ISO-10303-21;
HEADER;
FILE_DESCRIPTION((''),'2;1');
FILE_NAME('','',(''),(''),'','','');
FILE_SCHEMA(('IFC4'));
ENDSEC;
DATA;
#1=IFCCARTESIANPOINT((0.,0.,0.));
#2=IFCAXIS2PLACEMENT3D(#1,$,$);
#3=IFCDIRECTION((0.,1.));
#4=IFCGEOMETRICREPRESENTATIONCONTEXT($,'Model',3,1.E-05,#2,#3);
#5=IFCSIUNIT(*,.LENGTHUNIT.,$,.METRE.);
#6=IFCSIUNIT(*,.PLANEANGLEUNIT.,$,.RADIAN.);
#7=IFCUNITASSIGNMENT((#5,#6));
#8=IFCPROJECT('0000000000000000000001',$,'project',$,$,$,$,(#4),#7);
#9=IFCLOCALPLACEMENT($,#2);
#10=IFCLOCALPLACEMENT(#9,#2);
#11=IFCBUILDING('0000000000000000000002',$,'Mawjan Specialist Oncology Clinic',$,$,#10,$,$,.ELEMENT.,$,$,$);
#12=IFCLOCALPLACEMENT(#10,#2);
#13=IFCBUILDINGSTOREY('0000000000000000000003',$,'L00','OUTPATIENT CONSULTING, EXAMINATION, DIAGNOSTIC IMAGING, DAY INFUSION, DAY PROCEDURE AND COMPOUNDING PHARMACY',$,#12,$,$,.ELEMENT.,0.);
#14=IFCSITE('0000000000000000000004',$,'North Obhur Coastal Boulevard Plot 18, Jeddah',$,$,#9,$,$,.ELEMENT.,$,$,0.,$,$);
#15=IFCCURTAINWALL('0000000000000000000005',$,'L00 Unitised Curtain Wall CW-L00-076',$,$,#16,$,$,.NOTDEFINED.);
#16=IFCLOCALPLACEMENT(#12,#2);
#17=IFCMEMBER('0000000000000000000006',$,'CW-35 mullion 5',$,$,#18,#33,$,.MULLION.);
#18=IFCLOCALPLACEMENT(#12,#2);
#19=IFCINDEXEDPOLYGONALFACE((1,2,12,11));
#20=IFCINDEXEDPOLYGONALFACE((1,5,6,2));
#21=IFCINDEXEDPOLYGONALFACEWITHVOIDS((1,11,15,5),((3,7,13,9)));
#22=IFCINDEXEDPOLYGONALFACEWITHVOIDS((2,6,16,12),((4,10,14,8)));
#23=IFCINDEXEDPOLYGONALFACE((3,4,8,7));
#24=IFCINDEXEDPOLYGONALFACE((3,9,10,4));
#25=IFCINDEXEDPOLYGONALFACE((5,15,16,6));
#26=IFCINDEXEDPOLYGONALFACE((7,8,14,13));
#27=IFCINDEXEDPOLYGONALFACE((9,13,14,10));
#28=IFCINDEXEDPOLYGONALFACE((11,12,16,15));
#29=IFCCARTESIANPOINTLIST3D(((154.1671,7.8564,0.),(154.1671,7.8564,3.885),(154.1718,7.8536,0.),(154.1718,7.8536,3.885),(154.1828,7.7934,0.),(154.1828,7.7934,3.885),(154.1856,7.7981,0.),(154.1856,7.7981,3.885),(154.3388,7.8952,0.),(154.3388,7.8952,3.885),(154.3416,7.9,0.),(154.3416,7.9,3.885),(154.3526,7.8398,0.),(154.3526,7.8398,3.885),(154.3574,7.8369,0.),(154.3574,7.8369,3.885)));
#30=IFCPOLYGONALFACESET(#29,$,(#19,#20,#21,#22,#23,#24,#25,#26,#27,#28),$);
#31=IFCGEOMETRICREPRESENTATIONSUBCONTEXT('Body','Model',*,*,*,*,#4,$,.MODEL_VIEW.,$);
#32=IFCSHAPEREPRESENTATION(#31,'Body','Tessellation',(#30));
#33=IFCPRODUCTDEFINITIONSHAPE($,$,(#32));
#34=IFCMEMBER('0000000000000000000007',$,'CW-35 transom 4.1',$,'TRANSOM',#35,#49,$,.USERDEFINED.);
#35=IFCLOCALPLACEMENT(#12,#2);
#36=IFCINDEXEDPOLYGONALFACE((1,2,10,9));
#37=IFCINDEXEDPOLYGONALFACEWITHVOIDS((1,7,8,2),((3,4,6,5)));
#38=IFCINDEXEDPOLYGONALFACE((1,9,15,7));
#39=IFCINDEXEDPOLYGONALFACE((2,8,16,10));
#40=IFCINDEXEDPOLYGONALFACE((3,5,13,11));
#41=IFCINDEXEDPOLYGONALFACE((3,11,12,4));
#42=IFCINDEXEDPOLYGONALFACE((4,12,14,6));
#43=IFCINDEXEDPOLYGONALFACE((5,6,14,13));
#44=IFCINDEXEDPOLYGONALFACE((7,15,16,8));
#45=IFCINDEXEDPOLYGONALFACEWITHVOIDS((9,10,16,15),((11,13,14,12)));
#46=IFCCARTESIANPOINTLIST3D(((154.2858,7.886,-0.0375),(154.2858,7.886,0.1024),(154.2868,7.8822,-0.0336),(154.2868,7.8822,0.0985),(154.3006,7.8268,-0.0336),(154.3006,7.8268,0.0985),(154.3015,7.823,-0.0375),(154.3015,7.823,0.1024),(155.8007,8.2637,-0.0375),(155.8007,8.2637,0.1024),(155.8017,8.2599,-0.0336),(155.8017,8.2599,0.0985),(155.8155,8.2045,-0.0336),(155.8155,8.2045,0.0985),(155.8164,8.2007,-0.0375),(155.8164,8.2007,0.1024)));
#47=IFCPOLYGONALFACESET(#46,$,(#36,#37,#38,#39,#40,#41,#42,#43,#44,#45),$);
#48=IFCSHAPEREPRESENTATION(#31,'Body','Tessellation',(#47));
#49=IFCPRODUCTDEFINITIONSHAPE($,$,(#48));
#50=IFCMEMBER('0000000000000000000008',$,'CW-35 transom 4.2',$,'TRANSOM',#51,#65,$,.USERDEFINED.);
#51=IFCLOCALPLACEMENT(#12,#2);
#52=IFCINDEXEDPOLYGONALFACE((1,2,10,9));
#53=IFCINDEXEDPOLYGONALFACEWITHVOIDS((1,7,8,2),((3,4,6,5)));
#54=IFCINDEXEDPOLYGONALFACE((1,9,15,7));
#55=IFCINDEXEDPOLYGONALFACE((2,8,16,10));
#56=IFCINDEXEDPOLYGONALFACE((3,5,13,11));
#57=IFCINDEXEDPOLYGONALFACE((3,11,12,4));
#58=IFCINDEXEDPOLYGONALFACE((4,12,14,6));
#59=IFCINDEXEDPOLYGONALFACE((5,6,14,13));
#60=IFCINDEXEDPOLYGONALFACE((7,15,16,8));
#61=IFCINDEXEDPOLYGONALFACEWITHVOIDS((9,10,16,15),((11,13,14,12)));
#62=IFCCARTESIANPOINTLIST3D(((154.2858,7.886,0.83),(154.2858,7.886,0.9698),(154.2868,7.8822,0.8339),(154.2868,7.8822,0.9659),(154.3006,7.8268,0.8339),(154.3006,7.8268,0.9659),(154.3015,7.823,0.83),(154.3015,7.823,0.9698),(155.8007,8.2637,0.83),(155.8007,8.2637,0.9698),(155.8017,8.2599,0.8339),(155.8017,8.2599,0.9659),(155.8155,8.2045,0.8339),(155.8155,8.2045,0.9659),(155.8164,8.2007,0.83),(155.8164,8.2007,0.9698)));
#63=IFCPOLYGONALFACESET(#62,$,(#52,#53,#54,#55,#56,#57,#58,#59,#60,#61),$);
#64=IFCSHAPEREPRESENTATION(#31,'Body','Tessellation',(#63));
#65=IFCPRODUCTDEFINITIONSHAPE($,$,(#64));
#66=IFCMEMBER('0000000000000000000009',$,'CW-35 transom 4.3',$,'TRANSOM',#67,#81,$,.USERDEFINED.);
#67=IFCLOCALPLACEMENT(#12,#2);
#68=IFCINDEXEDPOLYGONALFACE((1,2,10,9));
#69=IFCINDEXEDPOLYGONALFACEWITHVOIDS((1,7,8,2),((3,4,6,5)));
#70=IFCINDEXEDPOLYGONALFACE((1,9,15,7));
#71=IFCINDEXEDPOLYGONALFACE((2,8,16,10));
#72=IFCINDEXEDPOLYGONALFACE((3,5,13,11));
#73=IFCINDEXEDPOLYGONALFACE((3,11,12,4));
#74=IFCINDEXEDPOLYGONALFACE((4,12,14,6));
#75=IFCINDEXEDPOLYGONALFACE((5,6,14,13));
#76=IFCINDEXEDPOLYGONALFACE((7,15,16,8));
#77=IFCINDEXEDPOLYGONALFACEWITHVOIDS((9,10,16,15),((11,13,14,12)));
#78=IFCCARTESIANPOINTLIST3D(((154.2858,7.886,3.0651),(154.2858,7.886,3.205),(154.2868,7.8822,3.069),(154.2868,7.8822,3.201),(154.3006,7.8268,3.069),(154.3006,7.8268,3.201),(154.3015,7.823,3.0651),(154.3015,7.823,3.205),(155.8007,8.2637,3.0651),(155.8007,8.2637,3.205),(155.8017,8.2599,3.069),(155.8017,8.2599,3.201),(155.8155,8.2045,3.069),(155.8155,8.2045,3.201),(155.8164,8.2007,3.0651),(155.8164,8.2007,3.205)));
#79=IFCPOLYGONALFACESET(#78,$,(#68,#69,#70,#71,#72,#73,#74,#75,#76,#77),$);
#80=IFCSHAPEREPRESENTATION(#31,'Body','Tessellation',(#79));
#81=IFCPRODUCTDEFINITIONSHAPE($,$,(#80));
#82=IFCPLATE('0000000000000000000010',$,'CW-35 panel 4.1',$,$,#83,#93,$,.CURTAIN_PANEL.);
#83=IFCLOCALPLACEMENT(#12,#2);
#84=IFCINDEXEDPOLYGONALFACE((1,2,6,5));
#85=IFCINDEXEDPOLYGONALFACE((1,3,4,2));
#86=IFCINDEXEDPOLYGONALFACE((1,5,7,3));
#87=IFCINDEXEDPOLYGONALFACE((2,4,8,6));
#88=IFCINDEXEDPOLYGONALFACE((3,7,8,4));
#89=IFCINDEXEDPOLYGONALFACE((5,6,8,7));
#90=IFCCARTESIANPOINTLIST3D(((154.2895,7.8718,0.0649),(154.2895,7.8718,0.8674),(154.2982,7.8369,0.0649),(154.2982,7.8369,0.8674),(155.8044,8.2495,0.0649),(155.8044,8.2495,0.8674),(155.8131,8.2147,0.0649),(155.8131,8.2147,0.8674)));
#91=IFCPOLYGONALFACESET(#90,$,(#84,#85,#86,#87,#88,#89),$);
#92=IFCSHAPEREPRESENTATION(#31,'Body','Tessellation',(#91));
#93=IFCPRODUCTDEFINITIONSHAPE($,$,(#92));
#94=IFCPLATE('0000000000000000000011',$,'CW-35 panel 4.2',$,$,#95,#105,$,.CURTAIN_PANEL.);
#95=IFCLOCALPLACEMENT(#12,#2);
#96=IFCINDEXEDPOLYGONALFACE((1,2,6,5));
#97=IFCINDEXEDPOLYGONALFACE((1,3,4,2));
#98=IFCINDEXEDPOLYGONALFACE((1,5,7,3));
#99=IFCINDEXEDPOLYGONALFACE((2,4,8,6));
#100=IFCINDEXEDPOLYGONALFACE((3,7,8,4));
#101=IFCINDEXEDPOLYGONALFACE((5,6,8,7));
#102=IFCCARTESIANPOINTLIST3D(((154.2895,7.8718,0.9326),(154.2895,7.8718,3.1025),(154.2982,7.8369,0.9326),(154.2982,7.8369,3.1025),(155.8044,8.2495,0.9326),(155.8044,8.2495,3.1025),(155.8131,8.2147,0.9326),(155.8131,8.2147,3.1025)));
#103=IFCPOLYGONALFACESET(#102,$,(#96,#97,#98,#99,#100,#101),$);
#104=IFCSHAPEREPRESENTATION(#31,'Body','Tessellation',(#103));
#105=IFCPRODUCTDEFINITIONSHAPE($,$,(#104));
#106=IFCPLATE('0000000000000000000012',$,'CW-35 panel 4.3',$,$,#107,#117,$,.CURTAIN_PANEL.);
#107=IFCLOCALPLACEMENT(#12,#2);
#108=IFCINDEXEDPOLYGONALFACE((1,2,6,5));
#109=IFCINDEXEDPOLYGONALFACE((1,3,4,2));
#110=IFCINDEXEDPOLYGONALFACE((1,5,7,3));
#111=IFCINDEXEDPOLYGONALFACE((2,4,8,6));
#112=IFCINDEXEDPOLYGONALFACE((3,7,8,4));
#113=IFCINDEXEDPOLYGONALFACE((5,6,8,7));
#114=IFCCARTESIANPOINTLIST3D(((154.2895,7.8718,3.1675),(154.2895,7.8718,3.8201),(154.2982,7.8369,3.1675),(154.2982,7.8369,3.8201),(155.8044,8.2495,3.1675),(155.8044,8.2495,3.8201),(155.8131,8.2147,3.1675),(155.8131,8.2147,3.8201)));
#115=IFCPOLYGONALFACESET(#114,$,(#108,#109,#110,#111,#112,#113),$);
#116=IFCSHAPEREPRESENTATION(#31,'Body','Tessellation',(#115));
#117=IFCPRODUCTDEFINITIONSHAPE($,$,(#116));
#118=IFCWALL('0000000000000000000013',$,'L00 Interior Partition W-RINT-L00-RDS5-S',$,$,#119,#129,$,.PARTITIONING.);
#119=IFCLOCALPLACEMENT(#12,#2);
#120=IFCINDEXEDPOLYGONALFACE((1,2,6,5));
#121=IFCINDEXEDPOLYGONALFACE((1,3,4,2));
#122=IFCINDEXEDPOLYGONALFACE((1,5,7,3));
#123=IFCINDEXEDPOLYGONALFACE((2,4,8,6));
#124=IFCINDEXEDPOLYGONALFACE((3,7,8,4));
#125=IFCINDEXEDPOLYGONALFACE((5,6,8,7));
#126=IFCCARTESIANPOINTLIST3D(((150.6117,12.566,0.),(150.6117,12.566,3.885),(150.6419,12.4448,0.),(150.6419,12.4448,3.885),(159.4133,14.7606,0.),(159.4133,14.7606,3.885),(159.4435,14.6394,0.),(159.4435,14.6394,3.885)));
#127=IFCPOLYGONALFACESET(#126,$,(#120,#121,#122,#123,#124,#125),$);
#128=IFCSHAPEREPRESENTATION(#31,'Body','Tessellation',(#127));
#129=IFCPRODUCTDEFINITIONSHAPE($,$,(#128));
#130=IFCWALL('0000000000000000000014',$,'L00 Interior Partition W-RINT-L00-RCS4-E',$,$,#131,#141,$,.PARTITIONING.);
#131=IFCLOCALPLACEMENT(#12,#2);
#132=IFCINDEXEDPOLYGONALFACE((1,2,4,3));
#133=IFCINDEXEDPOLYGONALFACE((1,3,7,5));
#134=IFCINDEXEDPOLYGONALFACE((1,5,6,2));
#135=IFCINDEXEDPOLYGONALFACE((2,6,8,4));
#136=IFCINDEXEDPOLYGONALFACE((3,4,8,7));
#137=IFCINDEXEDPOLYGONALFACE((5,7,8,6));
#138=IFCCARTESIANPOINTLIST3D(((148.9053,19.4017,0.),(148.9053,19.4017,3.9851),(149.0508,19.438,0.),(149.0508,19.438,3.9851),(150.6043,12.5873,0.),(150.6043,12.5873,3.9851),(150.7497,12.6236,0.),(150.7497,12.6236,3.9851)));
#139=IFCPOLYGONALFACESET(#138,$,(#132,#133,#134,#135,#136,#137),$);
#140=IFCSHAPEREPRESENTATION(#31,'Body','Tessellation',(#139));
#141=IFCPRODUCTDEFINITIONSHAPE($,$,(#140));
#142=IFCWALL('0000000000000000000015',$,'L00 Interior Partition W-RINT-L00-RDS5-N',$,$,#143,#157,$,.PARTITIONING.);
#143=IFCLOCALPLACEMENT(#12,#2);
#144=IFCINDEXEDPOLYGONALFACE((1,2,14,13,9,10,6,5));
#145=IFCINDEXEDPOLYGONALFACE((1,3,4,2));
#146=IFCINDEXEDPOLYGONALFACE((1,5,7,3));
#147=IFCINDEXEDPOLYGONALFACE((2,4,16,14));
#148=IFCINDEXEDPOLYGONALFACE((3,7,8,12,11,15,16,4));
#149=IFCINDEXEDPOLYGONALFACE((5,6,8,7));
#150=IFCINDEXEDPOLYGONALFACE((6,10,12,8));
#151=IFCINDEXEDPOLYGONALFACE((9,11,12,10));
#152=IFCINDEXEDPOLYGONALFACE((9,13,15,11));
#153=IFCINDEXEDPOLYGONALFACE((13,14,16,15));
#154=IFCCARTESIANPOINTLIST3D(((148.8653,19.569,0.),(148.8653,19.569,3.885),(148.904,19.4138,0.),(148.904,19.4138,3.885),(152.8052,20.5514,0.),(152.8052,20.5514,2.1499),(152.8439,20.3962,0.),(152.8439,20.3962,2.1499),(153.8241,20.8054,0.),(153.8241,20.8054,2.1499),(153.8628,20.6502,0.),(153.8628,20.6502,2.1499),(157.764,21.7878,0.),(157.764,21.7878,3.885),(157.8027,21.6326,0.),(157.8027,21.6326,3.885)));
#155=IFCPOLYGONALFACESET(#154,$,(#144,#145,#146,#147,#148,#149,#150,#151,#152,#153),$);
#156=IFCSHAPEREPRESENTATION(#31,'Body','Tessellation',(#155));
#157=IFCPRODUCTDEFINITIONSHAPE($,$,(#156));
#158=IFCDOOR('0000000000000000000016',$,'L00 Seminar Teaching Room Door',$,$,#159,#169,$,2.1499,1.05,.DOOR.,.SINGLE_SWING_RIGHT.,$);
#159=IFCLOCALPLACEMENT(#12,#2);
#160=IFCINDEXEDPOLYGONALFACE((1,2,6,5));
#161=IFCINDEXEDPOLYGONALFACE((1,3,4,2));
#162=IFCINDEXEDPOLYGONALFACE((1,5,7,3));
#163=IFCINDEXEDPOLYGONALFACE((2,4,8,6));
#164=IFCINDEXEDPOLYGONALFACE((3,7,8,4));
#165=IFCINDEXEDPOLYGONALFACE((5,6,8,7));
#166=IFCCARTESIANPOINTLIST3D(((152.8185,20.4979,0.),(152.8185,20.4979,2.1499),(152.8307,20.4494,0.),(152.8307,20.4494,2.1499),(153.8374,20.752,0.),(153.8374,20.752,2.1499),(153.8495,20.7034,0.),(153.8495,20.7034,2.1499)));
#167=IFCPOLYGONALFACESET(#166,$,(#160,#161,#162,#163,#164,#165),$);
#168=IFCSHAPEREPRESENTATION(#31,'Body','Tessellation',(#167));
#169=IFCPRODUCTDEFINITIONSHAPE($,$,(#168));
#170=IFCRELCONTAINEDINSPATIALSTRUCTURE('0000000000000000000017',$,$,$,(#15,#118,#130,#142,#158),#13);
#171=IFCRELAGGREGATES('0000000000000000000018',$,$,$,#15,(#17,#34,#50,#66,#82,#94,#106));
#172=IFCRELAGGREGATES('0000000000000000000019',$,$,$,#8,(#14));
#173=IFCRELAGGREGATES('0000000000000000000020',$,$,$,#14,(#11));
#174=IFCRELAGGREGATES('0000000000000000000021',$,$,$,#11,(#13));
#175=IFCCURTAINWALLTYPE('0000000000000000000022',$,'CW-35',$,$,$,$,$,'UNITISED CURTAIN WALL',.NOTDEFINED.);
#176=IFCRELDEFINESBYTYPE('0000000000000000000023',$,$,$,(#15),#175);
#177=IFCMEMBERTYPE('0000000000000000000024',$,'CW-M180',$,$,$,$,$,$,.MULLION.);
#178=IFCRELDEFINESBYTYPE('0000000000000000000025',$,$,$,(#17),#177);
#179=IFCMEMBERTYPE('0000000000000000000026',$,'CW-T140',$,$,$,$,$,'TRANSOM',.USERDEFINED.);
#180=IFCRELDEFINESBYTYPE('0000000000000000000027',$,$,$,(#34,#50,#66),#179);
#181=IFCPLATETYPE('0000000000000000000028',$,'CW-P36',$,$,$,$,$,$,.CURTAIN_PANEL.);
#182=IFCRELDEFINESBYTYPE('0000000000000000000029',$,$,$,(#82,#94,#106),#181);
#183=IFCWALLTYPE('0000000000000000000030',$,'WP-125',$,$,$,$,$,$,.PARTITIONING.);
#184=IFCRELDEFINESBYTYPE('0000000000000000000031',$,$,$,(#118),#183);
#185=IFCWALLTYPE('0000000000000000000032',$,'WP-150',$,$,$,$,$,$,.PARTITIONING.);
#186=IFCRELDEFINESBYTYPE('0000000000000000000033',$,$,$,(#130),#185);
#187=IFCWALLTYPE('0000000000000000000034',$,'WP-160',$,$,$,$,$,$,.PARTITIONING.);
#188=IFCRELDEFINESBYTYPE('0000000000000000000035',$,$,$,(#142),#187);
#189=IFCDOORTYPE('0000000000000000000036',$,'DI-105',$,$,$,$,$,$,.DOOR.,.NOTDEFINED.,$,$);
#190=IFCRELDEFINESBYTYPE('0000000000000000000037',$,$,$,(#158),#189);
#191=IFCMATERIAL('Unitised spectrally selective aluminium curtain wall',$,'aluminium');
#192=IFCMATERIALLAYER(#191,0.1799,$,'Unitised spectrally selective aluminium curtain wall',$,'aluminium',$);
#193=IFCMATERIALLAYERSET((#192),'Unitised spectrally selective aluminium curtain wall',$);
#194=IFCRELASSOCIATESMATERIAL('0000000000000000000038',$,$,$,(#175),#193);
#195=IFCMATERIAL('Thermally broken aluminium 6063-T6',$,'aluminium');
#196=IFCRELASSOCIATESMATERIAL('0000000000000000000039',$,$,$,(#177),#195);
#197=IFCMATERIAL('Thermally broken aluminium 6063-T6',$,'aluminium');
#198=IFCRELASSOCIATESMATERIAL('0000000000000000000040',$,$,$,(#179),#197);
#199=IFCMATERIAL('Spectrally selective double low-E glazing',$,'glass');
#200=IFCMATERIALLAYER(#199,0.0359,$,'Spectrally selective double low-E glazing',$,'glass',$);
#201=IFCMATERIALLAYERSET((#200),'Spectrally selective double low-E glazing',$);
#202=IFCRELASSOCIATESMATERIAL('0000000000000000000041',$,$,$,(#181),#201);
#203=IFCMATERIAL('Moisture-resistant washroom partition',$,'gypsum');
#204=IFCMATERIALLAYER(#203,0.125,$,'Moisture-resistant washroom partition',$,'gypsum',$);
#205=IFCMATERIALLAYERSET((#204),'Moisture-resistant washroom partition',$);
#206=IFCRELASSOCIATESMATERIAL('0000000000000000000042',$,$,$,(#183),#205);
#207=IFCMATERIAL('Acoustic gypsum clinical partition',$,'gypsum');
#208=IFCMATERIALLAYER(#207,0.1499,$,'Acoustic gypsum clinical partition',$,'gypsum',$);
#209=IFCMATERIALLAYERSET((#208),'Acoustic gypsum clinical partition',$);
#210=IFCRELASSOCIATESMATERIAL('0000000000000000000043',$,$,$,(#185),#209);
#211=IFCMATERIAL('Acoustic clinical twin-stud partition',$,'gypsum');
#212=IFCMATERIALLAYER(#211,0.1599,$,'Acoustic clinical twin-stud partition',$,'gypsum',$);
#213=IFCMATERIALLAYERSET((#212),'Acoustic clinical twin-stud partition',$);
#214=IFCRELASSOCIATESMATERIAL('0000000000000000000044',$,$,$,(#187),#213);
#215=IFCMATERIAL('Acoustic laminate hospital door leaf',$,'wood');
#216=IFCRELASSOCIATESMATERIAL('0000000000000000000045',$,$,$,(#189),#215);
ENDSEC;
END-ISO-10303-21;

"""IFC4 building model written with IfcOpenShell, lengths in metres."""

from ifc_helpers import new_model, si_unit, direction, frame, frame_2d, origin, origin_2d, place, context, subcontext, project, spatial, rectangle, hollow_rectangle, extrude, material, layer, layer_set, material_profile, profile_set, type_object, element, fill, aggregate, save


model = new_model("IFC4")

# Units and contexts
model_context = context("Model", 3, precision=1e-05, world=origin(), true_north=direction((0.0, 1.0)))
body_context = subcontext(model_context, "Body", "Model", "MODEL_VIEW")
ifc_project = project(units=[si_unit("LENGTHUNIT", "METRE"), si_unit("PLANEANGLEUNIT", "RADIAN")], contexts=[model_context])

# Site, building, storey
site_placement = place(None, origin())
site = spatial("IfcSite", under=ifc_project, at=site_placement, Name="North Obhur Coastal Boulevard Plot 18, Jeddah", CompositionType="ELEMENT", RefElevation=0.0)
building_placement = place(site_placement, origin())
building = spatial("IfcBuilding", under=site, at=building_placement, Name="Mawjan Specialist Oncology Clinic", CompositionType="ELEMENT")
storey_placement = place(building_placement, origin())
storey = spatial("IfcBuildingStorey", under=building, at=storey_placement, Name="L00", Description="OUTPATIENT CONSULTING, EXAMINATION, DIAGNOSTIC IMAGING, DAY INFUSION, DAY PROCEDURE AND COMPOUNDING PHARMACY", CompositionType="ELEMENT", Elevation=0.0)

# Curtain wall, members, plates
ifc_material_1 = material(Name="Unitised spectrally selective aluminium curtain wall", Category="aluminium")
ifc_layer_1 = layer(ifc_material_1, 0.1799, Name="Unitised spectrally selective aluminium curtain wall", Category="aluminium")
ifc_layer_set_1 = layer_set([ifc_layer_1], Name="Unitised spectrally selective aluminium curtain wall")
curtain_wall_type = type_object("IfcCurtainWallType", Name="CW-35", ElementType="UNITISED CURTAIN WALL", PredefinedType="NOTDEFINED", material=ifc_layer_set_1)
curtain_wall_placement = place(storey_placement, origin())
curtain_wall = element("IfcCurtainWall", 1, at=curtain_wall_placement, inside=storey, type_object=curtain_wall_type, Name="L00 Unitised Curtain Wall CW-L00-076", PredefinedType="NOTDEFINED")
ifc_material_2 = material(Name="Thermally broken aluminium 6063-T6", Category="aluminium")
ifc_material_profile_1 = material_profile(ifc_material_2, hollow_rectangle(XDim=0.0649, YDim=0.1799, WallThickness=0.0039, at=origin_2d()), Name="ALU MULLION 180x65x4", Category="aluminium")
ifc_profile_set_1 = profile_set([ifc_material_profile_1], Name="Thermally broken aluminium 6063-T6")
member_type_1 = type_object("IfcMemberType", Name="CW-M180", PredefinedType="MULLION", material=ifc_profile_set_1)
member_1_placement = place(storey_placement, frame((154.2622, 7.8467, 0.0), z_axis=(0.0, 0.0, 1.0), x_axis=(0.241922, -0.970296, 0.0)))
member_1 = element("IfcMember", 2, at=member_1_placement, type_object=member_type_1, Name="CW-35 mullion 5", PredefinedType="MULLION", context=body_context, shape_type="SweptSolid", body=[
    extrude(hollow_rectangle(XDim=0.0649, YDim=0.1799, WallThickness=0.0039, at=origin_2d()), origin(), (0.0, 0.0, 1.0), 3.885),
])
ifc_material_3 = material(Name="Thermally broken aluminium 6063-T6", Category="aluminium")
ifc_material_profile_2 = material_profile(ifc_material_3, hollow_rectangle(XDim=0.0649, YDim=0.1399, WallThickness=0.0039, at=origin_2d()), Name="ALU TRANSOM 140x65x4", Category="aluminium")
ifc_profile_set_2 = profile_set([ifc_material_profile_2], Name="Thermally broken aluminium 6063-T6")
member_type_2 = type_object("IfcMemberType", Name="CW-T140", ElementType="TRANSOM", PredefinedType="USERDEFINED", material=ifc_profile_set_2)
member_2_placement = place(storey_placement, frame((155.8086, 8.2322, 0.0325), z_axis=(-0.970299, -0.24191, 0.0), x_axis=(0.24191, -0.970299, 0.0)))
member_2 = element("IfcMember", 3, at=member_2_placement, type_object=member_type_2, Name="CW-35 transom 4.1", ObjectType="TRANSOM", PredefinedType="USERDEFINED", context=body_context, shape_type="SweptSolid", body=[
    extrude(hollow_rectangle(XDim=0.0649, YDim=0.1399, WallThickness=0.0039, at=origin_2d()), origin(), (0.0, 0.0, 1.0), 1.5613),
])
member_3_placement = place(storey_placement, frame((155.8086, 8.2322, 0.8999), z_axis=(-0.970299, -0.24191, 0.0), x_axis=(0.24191, -0.970299, 0.0)))
member_3 = element("IfcMember", 4, at=member_3_placement, type_object=member_type_2, Name="CW-35 transom 4.2", ObjectType="TRANSOM", PredefinedType="USERDEFINED", context=body_context, shape_type="SweptSolid", body=[
    extrude(hollow_rectangle(XDim=0.0649, YDim=0.1399, WallThickness=0.0039, at=origin_2d()), origin(), (0.0, 0.0, 1.0), 1.5613),
])
member_4_placement = place(storey_placement, frame((155.8086, 8.2322, 3.135), z_axis=(-0.970299, -0.24191, 0.0), x_axis=(0.24191, -0.970299, 0.0)))
member_4 = element("IfcMember", 5, at=member_4_placement, type_object=member_type_2, Name="CW-35 transom 4.3", ObjectType="TRANSOM", PredefinedType="USERDEFINED", context=body_context, shape_type="SweptSolid", body=[
    extrude(hollow_rectangle(XDim=0.0649, YDim=0.1399, WallThickness=0.0039, at=origin_2d()), origin(), (0.0, 0.0, 1.0), 1.5613),
])
ifc_material_4 = material(Name="Spectrally selective double low-E glazing", Category="glass")
ifc_layer_2 = layer(ifc_material_4, 0.0359, Name="Spectrally selective double low-E glazing", Category="glass")
ifc_layer_set_2 = layer_set([ifc_layer_2], Name="Spectrally selective double low-E glazing")
plate_type = type_object("IfcPlateType", Name="CW-P36", PredefinedType="CURTAIN_PANEL", material=ifc_layer_set_2)
plate_1_placement = place(storey_placement, frame((155.0513, 8.0432, 0.0649), z_axis=(0.0, 0.0, 1.0), x_axis=(-0.970296, -0.241922, 0.0)))
plate_1 = element("IfcPlate", 6, at=plate_1_placement, type_object=plate_type, Name="CW-35 panel 4.1", PredefinedType="CURTAIN_PANEL", context=body_context, shape_type="SweptSolid", body=[
    extrude(rectangle(XDim=1.5613, YDim=0.0359, at=origin_2d()), origin(), (0.0, 0.0, 1.0), 0.8025),
])
plate_2_placement = place(storey_placement, frame((155.0513, 8.0432, 0.9326), z_axis=(0.0, 0.0, 1.0), x_axis=(-0.970296, -0.241922, 0.0)))
plate_2 = element("IfcPlate", 7, at=plate_2_placement, type_object=plate_type, Name="CW-35 panel 4.2", PredefinedType="CURTAIN_PANEL", context=body_context, shape_type="SweptSolid", body=[
    extrude(rectangle(XDim=1.5613, YDim=0.0359, at=origin_2d()), origin(), (0.0, 0.0, 1.0), 2.1699),
])
plate_3_placement = place(storey_placement, frame((155.0513, 8.0432, 3.1675), z_axis=(0.0, 0.0, 1.0), x_axis=(-0.970296, -0.241922, 0.0)))
plate_3 = element("IfcPlate", 8, at=plate_3_placement, type_object=plate_type, Name="CW-35 panel 4.3", PredefinedType="CURTAIN_PANEL", context=body_context, shape_type="SweptSolid", body=[
    extrude(rectangle(XDim=1.5613, YDim=0.0359, at=origin_2d()), origin(), (0.0, 0.0, 1.0), 0.6526),
])
aggregate(curtain_wall, [member_1, member_2, member_3, member_4, plate_1, plate_2, plate_3])

# Walls
ifc_material_5 = material(Name="Moisture-resistant washroom partition", Category="gypsum")
ifc_layer_3 = layer(ifc_material_5, 0.125, Name="Moisture-resistant washroom partition", Category="gypsum")
ifc_layer_set_3 = layer_set([ifc_layer_3], Name="Moisture-resistant washroom partition")
wall_type_1 = type_object("IfcWallType", Name="WP-125", PredefinedType="PARTITIONING", material=ifc_layer_set_3)
wall_1_placement = place(storey_placement, frame((150.6267, 12.5054, 0.0), z_axis=(0.0, 0.0, 1.0), x_axis=(0.970293, 0.241934, 0.0)))
element("IfcWall", 9, at=wall_1_placement, inside=storey, type_object=wall_type_1, Name="L00 Interior Partition W-RINT-L00-RDS5-S", PredefinedType="PARTITIONING", context=body_context, shape_type="SweptSolid", body=[
    extrude(rectangle(XDim=9.071, YDim=0.125, at=frame_2d((4.5356, 0.0))), origin(), (0.0, 0.0, 1.0), 3.885),
])
ifc_material_6 = material(Name="Acoustic gypsum clinical partition", Category="gypsum")
ifc_layer_4 = layer(ifc_material_6, 0.1499, Name="Acoustic gypsum clinical partition", Category="gypsum")
ifc_layer_set_4 = layer_set([ifc_layer_4], Name="Acoustic gypsum clinical partition")
wall_type_2 = type_object("IfcWallType", Name="WP-150", PredefinedType="PARTITIONING", material=ifc_layer_set_4)
wall_2_placement = place(storey_placement, frame((150.677, 12.6055, 0.0), z_axis=(0.0, 0.0, 1.0), x_axis=(-0.241914, 0.970298, 0.0)))
element("IfcWall", 10, at=wall_2_placement, inside=storey, type_object=wall_type_2, Name="L00 Interior Partition W-RINT-L00-RCS4-E", PredefinedType="PARTITIONING", context=body_context, shape_type="SweptSolid", body=[
    extrude(rectangle(XDim=7.0229, YDim=0.1499, at=frame_2d((3.5115, 0.0))), origin(), (0.0, 0.0, 1.0), 3.9851),
])

# Wall, opening, door
ifc_material_7 = material(Name="Acoustic clinical twin-stud partition", Category="gypsum")
ifc_layer_5 = layer(ifc_material_7, 0.1599, Name="Acoustic clinical twin-stud partition", Category="gypsum")
ifc_layer_set_5 = layer_set([ifc_layer_5], Name="Acoustic clinical twin-stud partition")
wall_type_3 = type_object("IfcWallType", Name="WP-160", PredefinedType="PARTITIONING", material=ifc_layer_set_5)
wall_3_placement = place(storey_placement, frame((148.8848, 19.4915, 0.0), z_axis=(0.0, 0.0, 1.0), x_axis=(0.970294, 0.241928, 0.0)))
wall_3 = element("IfcWall", 11, at=wall_3_placement, inside=storey, type_object=wall_type_3, Name="L00 Interior Partition W-RINT-L00-RDS5-N", PredefinedType="PARTITIONING", context=body_context, shape_type="SweptSolid", body=[
    extrude(rectangle(XDim=9.1711, YDim=0.1599, at=frame_2d((4.5854, 0.0))), origin(), (0.0, 0.0, 1.0), 3.885),
])
opening_placement = place(wall_3_placement, frame((4.0605, 0.0, 0.0)))
opening = element("IfcOpeningElement", 12, at=opening_placement, cuts=wall_3, PredefinedType="OPENING", context=body_context, shape_type="SweptSolid", body=[
    extrude(rectangle(XDim=1.05, YDim=2.1499, at=frame_2d((0.5249, 1.075))), frame((0.0, 0.092, 0.0), z_axis=(0.0, -1.0, 0.0), x_axis=(1.0, 0.0, 0.0)), (0.0, 0.0, 1.0), 0.1838),
])
ifc_material_8 = material(Name="Acoustic laminate hospital door leaf", Category="wood")
door_type = type_object("IfcDoorType", Name="DI-105", OperationType="NOTDEFINED", PredefinedType="DOOR", material=ifc_material_8)
door_placement = place(opening_placement, origin())
door = element("IfcDoor", 13, at=door_placement, inside=storey, type_object=door_type, Name="L00 Seminar Teaching Room Door", OperationType="SINGLE_SWING_RIGHT", OverallHeight=2.1499, OverallWidth=1.05, PredefinedType="DOOR", context=body_context, shape_type="SweptSolid", body=[
    extrude(rectangle(XDim=1.05, YDim=2.1499, at=frame_2d((0.5249, 1.075))), frame((0.0, 0.0249, 0.0), z_axis=(0.0, -1.0, 0.0), x_axis=(1.0, 0.0, 0.0)), (0.0, 0.0, 1.0), 0.05),
])
fill(opening, door)

save(model, "model.ifc")
